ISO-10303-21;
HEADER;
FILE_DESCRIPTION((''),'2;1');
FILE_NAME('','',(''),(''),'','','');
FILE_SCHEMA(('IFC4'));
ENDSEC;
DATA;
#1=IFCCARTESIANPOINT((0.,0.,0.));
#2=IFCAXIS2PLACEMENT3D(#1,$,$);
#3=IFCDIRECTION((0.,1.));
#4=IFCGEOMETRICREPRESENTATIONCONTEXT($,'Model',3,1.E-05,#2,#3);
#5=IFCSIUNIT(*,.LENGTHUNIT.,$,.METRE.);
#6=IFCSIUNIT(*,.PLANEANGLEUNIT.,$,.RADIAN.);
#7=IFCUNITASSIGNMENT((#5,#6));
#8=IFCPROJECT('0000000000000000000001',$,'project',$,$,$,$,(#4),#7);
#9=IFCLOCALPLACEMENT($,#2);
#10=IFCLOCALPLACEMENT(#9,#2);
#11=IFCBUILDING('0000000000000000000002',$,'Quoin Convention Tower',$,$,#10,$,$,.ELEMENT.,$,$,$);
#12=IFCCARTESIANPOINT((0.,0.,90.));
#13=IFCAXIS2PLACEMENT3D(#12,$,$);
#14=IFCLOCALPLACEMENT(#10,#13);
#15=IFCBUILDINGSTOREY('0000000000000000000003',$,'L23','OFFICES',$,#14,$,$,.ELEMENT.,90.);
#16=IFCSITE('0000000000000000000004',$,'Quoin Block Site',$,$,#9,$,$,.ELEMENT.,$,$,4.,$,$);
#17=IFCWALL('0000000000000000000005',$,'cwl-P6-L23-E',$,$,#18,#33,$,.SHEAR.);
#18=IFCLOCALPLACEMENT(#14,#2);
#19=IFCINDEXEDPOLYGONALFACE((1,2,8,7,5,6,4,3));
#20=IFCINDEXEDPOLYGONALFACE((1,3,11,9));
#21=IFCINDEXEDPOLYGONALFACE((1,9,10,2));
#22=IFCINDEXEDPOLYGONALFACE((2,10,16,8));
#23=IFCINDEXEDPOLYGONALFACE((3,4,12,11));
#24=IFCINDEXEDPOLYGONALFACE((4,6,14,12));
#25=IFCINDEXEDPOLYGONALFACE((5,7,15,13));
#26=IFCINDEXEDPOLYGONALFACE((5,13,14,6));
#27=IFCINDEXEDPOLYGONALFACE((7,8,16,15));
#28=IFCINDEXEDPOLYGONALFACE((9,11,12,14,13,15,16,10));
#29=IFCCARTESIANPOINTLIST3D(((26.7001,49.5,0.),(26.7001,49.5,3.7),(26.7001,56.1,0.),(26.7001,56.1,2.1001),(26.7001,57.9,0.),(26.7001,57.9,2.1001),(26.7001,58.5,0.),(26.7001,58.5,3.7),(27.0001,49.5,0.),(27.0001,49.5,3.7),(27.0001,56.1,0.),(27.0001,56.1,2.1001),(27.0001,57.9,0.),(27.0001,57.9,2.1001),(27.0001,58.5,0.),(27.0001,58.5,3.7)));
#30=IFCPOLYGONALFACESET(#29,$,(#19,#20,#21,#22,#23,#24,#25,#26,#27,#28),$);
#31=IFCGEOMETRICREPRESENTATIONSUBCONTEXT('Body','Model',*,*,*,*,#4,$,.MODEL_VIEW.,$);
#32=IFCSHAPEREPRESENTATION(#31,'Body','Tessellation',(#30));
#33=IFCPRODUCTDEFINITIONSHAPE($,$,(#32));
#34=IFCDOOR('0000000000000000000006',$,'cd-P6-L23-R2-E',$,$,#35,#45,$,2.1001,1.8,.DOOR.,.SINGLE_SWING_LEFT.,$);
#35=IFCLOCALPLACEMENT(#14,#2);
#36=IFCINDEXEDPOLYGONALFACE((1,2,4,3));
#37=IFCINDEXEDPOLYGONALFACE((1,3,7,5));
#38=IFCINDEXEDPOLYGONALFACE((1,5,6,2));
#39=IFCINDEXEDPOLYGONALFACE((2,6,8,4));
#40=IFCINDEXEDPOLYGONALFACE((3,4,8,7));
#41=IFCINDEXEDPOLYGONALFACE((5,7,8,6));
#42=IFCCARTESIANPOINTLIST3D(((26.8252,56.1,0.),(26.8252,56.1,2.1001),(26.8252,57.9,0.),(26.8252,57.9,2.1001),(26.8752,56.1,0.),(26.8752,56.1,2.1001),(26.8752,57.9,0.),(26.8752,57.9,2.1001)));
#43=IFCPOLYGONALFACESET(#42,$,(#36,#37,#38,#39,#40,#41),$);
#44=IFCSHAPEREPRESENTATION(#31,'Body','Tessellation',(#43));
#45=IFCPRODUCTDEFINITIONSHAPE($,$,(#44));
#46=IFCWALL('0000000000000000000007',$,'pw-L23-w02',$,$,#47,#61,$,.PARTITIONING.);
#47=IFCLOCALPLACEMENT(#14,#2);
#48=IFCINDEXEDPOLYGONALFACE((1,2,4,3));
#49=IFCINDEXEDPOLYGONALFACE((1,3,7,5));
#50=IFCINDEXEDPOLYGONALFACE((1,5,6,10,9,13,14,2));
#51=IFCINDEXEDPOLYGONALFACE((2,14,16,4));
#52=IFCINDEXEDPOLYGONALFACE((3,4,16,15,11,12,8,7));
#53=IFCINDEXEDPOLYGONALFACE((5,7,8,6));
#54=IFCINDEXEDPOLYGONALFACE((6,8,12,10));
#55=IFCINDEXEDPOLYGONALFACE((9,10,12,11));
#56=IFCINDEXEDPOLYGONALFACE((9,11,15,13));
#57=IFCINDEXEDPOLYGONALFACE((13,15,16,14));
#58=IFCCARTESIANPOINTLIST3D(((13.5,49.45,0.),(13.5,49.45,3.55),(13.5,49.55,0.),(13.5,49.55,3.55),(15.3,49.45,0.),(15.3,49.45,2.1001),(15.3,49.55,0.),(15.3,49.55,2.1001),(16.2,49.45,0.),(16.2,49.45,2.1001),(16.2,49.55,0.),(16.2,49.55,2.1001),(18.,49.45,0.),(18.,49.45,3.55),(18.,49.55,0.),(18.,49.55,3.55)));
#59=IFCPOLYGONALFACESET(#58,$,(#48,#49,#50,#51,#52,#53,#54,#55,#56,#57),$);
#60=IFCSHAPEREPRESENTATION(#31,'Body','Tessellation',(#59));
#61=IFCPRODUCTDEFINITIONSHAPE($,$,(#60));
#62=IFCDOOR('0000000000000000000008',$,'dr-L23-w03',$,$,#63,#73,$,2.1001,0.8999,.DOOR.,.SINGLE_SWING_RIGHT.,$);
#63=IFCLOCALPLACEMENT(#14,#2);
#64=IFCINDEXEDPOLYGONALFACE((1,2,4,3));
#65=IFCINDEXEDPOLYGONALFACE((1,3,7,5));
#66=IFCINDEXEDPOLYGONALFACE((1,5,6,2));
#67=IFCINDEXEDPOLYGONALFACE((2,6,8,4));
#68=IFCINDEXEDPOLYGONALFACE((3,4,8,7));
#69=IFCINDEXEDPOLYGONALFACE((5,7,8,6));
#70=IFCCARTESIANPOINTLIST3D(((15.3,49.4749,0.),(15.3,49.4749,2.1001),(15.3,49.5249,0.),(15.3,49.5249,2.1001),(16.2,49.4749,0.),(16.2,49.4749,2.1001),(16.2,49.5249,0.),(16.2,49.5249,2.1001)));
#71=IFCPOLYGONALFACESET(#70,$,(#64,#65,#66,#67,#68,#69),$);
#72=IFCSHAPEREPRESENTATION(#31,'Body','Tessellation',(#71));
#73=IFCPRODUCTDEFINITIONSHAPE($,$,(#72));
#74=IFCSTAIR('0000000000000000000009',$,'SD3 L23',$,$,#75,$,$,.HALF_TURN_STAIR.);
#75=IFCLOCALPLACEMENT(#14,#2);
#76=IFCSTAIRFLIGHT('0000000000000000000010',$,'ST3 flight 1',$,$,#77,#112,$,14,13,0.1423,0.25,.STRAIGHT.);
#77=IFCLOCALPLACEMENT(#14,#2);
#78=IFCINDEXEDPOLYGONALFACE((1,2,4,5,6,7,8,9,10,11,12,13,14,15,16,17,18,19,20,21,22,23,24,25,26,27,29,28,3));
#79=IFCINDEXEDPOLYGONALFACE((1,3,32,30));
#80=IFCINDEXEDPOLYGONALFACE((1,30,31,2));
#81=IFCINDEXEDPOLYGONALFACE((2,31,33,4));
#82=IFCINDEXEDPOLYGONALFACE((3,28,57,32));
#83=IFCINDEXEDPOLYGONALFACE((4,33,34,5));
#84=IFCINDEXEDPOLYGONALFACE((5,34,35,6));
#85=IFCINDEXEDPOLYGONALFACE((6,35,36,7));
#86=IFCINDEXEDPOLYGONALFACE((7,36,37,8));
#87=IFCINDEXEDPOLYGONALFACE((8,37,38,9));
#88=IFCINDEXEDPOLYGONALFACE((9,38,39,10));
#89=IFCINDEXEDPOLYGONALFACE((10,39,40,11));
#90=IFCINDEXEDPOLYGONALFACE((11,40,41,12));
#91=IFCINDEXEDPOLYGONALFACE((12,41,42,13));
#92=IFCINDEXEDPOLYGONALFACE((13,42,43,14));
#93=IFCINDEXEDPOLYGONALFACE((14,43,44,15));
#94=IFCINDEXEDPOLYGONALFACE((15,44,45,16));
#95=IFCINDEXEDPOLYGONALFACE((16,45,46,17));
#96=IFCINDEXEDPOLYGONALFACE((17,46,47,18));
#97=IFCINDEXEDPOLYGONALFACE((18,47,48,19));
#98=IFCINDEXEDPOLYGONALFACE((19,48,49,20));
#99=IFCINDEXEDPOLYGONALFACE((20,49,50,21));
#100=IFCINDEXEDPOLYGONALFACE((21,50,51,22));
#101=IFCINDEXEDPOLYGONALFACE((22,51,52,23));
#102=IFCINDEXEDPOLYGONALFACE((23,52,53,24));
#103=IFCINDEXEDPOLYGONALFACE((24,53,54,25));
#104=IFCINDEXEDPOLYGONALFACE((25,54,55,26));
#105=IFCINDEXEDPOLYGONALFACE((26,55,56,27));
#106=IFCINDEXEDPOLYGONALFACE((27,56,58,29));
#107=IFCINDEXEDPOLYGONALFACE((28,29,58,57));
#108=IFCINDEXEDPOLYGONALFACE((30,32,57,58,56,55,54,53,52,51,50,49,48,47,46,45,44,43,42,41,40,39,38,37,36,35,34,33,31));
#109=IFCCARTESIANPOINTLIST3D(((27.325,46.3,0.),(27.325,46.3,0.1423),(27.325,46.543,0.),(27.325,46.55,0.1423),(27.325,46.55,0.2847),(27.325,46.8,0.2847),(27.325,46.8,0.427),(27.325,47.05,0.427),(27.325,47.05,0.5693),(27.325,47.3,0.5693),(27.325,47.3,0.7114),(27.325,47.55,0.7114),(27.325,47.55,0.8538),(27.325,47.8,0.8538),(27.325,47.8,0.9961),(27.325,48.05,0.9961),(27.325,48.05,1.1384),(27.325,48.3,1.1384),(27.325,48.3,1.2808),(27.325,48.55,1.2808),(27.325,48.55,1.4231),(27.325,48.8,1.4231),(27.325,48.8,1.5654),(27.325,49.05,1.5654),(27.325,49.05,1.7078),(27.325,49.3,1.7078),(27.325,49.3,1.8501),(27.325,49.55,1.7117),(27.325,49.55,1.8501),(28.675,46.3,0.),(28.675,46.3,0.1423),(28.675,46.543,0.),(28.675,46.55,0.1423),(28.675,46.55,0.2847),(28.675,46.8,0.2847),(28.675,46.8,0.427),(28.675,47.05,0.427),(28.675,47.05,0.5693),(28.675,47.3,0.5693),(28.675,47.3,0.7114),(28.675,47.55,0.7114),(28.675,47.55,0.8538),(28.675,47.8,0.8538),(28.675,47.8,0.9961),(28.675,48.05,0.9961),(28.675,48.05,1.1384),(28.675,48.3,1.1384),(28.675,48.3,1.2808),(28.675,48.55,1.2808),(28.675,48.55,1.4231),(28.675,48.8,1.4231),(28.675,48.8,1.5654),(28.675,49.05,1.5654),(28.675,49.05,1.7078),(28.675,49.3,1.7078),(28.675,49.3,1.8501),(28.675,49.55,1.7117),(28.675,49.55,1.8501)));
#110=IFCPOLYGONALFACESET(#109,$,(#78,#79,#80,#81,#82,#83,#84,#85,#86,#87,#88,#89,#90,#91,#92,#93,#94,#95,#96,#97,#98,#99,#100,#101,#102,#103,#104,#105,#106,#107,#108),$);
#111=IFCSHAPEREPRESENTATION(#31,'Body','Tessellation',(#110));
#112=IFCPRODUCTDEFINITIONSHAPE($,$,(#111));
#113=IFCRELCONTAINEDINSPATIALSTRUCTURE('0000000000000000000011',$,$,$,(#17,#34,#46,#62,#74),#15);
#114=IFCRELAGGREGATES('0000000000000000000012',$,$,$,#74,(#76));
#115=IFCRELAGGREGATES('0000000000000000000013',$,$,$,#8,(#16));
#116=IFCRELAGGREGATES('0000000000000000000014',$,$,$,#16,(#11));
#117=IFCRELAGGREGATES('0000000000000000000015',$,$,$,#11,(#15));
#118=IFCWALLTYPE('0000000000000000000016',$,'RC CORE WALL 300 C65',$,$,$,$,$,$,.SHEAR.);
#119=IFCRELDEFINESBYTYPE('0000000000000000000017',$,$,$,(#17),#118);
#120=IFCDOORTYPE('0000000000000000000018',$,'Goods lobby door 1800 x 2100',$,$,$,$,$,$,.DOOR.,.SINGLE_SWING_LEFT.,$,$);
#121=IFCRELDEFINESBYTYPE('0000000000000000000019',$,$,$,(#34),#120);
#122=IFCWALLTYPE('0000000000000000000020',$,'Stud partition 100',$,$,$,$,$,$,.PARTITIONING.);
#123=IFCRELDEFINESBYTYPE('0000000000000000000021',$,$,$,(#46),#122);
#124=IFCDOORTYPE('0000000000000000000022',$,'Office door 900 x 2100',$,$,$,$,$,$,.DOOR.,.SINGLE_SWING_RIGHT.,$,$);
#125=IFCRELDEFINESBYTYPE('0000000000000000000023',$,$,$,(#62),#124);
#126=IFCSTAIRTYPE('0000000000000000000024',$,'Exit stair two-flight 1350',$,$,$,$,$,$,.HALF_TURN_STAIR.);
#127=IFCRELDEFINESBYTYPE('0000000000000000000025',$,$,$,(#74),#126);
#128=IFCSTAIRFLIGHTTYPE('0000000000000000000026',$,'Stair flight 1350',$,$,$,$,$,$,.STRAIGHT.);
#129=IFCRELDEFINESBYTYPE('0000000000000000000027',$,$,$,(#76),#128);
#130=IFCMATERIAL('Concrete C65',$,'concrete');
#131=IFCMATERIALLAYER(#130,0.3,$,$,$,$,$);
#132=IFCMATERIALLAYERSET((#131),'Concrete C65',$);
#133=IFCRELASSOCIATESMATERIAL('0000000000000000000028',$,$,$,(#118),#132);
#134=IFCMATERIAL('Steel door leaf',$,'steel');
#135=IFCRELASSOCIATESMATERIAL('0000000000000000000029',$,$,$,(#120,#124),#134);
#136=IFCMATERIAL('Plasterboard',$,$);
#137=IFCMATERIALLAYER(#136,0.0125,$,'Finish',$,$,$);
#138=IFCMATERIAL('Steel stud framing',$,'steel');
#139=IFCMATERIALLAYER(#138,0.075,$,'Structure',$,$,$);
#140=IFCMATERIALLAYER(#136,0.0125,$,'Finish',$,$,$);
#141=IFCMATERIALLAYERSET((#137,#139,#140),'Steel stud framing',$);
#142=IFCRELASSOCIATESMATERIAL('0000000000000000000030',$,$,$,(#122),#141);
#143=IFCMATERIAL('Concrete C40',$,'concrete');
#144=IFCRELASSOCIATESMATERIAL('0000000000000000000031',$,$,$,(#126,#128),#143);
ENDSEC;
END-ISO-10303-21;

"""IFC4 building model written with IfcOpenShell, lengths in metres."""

from ifc_helpers import new_model, si_unit, direction, frame, frame_2d, origin, place, context, subcontext, project, spatial, polyline, rectangle, outline, extrude, material, layer, layer_set, type_object, element, fill, aggregate, save


model = new_model("IFC4")

# Units and contexts
model_context = context("Model", 3, precision=1e-05, world=origin(), true_north=direction((0.0, 1.0)))
body_context = subcontext(model_context, "Body", "Model", "MODEL_VIEW")
ifc_project = project(units=[si_unit("LENGTHUNIT", "METRE"), si_unit("PLANEANGLEUNIT", "RADIAN")], contexts=[model_context])

# Site, building, storey
site_placement = place(None, origin())
site = spatial("IfcSite", under=ifc_project, at=site_placement, Name="Quoin Block Site", CompositionType="ELEMENT", RefElevation=4.0)
building_placement = place(site_placement, origin())
building = spatial("IfcBuilding", under=site, at=building_placement, Name="Quoin Convention Tower", CompositionType="ELEMENT")
storey_placement = place(building_placement, frame((0.0, 0.0, 90.0)))
storey = spatial("IfcBuildingStorey", under=building, at=storey_placement, Name="L23", Description="OFFICES", CompositionType="ELEMENT", Elevation=90.0)

# Shared definitions
ifc_material_1 = material(Name="Concrete C65", Category="concrete")

# Shared definitions
ifc_material_2 = material(Name="Plasterboard")
ifc_material_3 = material(Name="Steel stud framing", Category="steel")

# Shared definitions
ifc_layer_1 = layer(ifc_material_1, 0.3)
ifc_layer_set_1 = layer_set([ifc_layer_1], Name="Concrete C65")
wall_type_1 = type_object("IfcWallType", Name="RC CORE WALL 300 C65", PredefinedType="SHEAR", material=ifc_layer_set_1)
ifc_material_4 = material(Name="Steel door leaf", Category="steel")

# Walls, openings, doors
wall_1_placement = place(storey_placement, frame((26.8501, 49.5, 0.0), z_axis=(0.0, 0.0, 1.0), x_axis=(0.0, 1.0, 0.0)))
wall_1 = element("IfcWall", 1, at=wall_1_placement, inside=storey, type_object=wall_type_1, Name="cwl-P6-L23-E", PredefinedType="SHEAR", context=body_context, shape_type="SweptSolid", body=[
    extrude(rectangle(XDim=9.0, YDim=0.3, at=frame_2d((4.5, 0.0))), origin(), (0.0, 0.0, 1.0), 3.7),
])
opening_1_placement = place(wall_1_placement, frame((6.6001, 0.0, 0.0)))
opening_1 = element("IfcOpeningElement", 2, at=opening_1_placement, cuts=wall_1, PredefinedType="OPENING", context=body_context, shape_type="SweptSolid", body=[
    extrude(rectangle(XDim=1.8, YDim=2.1001, at=frame_2d((0.8999, 1.05))), frame((0.0, 0.1599, 0.0), z_axis=(0.0, -1.0, 0.0), x_axis=(1.0, 0.0, 0.0)), (0.0, 0.0, 1.0), 0.3201),
])
door_type_1 = type_object("IfcDoorType", Name="Goods lobby door 1800 x 2100", OperationType="SINGLE_SWING_LEFT", PredefinedType="DOOR", material=ifc_material_4)
door_1_placement = place(opening_1_placement, origin())
door_1 = element("IfcDoor", 3, at=door_1_placement, inside=storey, type_object=door_type_1, Name="cd-P6-L23-R2-E", OperationType="SINGLE_SWING_LEFT", OverallHeight=2.1001, OverallWidth=1.8, PredefinedType="DOOR", context=body_context, shape_type="SweptSolid", body=[
    extrude(rectangle(XDim=1.8, YDim=2.1001, at=frame_2d((0.8999, 1.05))), frame((0.0, 0.0249, 0.0), z_axis=(0.0, -1.0, 0.0), x_axis=(1.0, 0.0, 0.0)), (0.0, 0.0, 1.0), 0.05),
])
fill(opening_1, door_1)
ifc_layer_2 = layer(ifc_material_2, 0.0125, Name="Finish")
ifc_layer_3 = layer(ifc_material_3, 0.075, Name="Structure")
ifc_layer_4 = layer(ifc_material_2, 0.0125, Name="Finish")
ifc_layer_set_2 = layer_set([ifc_layer_2, ifc_layer_3, ifc_layer_4], Name="Steel stud framing")
wall_type_2 = type_object("IfcWallType", Name="Stud partition 100", PredefinedType="PARTITIONING", material=ifc_layer_set_2)
wall_2_placement = place(storey_placement, frame((13.5, 49.5, 0.0), z_axis=(0.0, 0.0, 1.0), x_axis=(1.0, 0.0, 0.0)))
wall_2 = element("IfcWall", 4, at=wall_2_placement, inside=storey, type_object=wall_type_2, Name="pw-L23-w02", PredefinedType="PARTITIONING", context=body_context, shape_type="SweptSolid", body=[
    extrude(rectangle(XDim=4.5, YDim=0.1001, at=frame_2d((2.25, 0.0))), origin(), (0.0, 0.0, 1.0), 3.55),
])
opening_2_placement = place(wall_2_placement, frame((1.8, 0.0, 0.0)))
opening_2 = element("IfcOpeningElement", 5, at=opening_2_placement, cuts=wall_2, PredefinedType="OPENING", context=body_context, shape_type="SweptSolid", body=[
    extrude(rectangle(XDim=0.8999, YDim=2.1001, at=frame_2d((0.45, 1.05))), frame((0.0, 0.0601, 0.0), z_axis=(0.0, -1.0, 0.0), x_axis=(1.0, 0.0, 0.0)), (0.0, 0.0, 1.0), 0.1201),
])
door_type_2 = type_object("IfcDoorType", Name="Office door 900 x 2100", OperationType="SINGLE_SWING_RIGHT", PredefinedType="DOOR", material=ifc_material_4)
door_2_placement = place(opening_2_placement, origin())
door_2 = element("IfcDoor", 6, at=door_2_placement, inside=storey, type_object=door_type_2, Name="dr-L23-w03", OperationType="SINGLE_SWING_RIGHT", OverallHeight=2.1001, OverallWidth=0.8999, PredefinedType="DOOR", context=body_context, shape_type="SweptSolid", body=[
    extrude(rectangle(XDim=0.8999, YDim=2.1001, at=frame_2d((0.45, 1.05))), frame((0.0, 0.0249, 0.0), z_axis=(0.0, -1.0, 0.0), x_axis=(1.0, 0.0, 0.0)), (0.0, 0.0, 1.0), 0.05),
])
fill(opening_2, door_2)

# Stair, stair flight
ifc_material_5 = material(Name="Concrete C40", Category="concrete")
stair_type = type_object("IfcStairType", Name="Exit stair two-flight 1350", PredefinedType="HALF_TURN_STAIR", material=ifc_material_5)
stair_placement = place(storey_placement, origin())
stair = element("IfcStair", 7, at=stair_placement, inside=storey, type_object=stair_type, Name="SD3 L23", PredefinedType="HALF_TURN_STAIR")
stair_flight_type = type_object("IfcStairFlightType", Name="Stair flight 1350", PredefinedType="STRAIGHT", material=ifc_material_5)
stair_flight_placement = place(storey_placement, frame((28.0, 46.3, 0.0), z_axis=(0.0, 0.0, 1.0), x_axis=(0.0, 1.0, 0.0)))
stair_flight = element("IfcStairFlight", 8, at=stair_flight_placement, type_object=stair_flight_type, Name="ST3 flight 1", NumberOfRisers=14, NumberOfTreads=13, PredefinedType="STRAIGHT", RiserHeight=0.1423, TreadLength=0.25, context=body_context, shape_type="SweptSolid", body=[
    extrude(outline(polyline([(0.0, 0.0), (0.0, 0.1423), (0.25, 0.1423), (0.25, 0.2847), (0.5, 0.2847), (0.5, 0.427), (0.75, 0.427), (0.75, 0.5693), (1.0, 0.5693), (1.0, 0.7114), (1.25, 0.7114), (1.25, 0.8538), (1.5, 0.8538), (1.5, 0.9961), (1.75, 0.9961), (1.75, 1.1384), (2.0, 1.1384), (2.0, 1.2808), (2.25, 1.2808), (2.25, 1.4231), (2.5, 1.4231), (2.5, 1.5654), (2.75, 1.5654), (2.75, 1.7078), (3.0, 1.7078), (3.0, 1.8501), (3.25, 1.8501), (3.25, 1.9922), (3.25, 1.7117), (0.2429, 0.0), (0.0, 0.0)])), frame((0.0, 0.675, 0.0), z_axis=(0.0, -1.0, 0.0), x_axis=(1.0, 0.0, 0.0)), (0.0, 0.0, 1.0), 1.3501),
])
aggregate(stair, [stair_flight])

save(model, "model.ifc")
